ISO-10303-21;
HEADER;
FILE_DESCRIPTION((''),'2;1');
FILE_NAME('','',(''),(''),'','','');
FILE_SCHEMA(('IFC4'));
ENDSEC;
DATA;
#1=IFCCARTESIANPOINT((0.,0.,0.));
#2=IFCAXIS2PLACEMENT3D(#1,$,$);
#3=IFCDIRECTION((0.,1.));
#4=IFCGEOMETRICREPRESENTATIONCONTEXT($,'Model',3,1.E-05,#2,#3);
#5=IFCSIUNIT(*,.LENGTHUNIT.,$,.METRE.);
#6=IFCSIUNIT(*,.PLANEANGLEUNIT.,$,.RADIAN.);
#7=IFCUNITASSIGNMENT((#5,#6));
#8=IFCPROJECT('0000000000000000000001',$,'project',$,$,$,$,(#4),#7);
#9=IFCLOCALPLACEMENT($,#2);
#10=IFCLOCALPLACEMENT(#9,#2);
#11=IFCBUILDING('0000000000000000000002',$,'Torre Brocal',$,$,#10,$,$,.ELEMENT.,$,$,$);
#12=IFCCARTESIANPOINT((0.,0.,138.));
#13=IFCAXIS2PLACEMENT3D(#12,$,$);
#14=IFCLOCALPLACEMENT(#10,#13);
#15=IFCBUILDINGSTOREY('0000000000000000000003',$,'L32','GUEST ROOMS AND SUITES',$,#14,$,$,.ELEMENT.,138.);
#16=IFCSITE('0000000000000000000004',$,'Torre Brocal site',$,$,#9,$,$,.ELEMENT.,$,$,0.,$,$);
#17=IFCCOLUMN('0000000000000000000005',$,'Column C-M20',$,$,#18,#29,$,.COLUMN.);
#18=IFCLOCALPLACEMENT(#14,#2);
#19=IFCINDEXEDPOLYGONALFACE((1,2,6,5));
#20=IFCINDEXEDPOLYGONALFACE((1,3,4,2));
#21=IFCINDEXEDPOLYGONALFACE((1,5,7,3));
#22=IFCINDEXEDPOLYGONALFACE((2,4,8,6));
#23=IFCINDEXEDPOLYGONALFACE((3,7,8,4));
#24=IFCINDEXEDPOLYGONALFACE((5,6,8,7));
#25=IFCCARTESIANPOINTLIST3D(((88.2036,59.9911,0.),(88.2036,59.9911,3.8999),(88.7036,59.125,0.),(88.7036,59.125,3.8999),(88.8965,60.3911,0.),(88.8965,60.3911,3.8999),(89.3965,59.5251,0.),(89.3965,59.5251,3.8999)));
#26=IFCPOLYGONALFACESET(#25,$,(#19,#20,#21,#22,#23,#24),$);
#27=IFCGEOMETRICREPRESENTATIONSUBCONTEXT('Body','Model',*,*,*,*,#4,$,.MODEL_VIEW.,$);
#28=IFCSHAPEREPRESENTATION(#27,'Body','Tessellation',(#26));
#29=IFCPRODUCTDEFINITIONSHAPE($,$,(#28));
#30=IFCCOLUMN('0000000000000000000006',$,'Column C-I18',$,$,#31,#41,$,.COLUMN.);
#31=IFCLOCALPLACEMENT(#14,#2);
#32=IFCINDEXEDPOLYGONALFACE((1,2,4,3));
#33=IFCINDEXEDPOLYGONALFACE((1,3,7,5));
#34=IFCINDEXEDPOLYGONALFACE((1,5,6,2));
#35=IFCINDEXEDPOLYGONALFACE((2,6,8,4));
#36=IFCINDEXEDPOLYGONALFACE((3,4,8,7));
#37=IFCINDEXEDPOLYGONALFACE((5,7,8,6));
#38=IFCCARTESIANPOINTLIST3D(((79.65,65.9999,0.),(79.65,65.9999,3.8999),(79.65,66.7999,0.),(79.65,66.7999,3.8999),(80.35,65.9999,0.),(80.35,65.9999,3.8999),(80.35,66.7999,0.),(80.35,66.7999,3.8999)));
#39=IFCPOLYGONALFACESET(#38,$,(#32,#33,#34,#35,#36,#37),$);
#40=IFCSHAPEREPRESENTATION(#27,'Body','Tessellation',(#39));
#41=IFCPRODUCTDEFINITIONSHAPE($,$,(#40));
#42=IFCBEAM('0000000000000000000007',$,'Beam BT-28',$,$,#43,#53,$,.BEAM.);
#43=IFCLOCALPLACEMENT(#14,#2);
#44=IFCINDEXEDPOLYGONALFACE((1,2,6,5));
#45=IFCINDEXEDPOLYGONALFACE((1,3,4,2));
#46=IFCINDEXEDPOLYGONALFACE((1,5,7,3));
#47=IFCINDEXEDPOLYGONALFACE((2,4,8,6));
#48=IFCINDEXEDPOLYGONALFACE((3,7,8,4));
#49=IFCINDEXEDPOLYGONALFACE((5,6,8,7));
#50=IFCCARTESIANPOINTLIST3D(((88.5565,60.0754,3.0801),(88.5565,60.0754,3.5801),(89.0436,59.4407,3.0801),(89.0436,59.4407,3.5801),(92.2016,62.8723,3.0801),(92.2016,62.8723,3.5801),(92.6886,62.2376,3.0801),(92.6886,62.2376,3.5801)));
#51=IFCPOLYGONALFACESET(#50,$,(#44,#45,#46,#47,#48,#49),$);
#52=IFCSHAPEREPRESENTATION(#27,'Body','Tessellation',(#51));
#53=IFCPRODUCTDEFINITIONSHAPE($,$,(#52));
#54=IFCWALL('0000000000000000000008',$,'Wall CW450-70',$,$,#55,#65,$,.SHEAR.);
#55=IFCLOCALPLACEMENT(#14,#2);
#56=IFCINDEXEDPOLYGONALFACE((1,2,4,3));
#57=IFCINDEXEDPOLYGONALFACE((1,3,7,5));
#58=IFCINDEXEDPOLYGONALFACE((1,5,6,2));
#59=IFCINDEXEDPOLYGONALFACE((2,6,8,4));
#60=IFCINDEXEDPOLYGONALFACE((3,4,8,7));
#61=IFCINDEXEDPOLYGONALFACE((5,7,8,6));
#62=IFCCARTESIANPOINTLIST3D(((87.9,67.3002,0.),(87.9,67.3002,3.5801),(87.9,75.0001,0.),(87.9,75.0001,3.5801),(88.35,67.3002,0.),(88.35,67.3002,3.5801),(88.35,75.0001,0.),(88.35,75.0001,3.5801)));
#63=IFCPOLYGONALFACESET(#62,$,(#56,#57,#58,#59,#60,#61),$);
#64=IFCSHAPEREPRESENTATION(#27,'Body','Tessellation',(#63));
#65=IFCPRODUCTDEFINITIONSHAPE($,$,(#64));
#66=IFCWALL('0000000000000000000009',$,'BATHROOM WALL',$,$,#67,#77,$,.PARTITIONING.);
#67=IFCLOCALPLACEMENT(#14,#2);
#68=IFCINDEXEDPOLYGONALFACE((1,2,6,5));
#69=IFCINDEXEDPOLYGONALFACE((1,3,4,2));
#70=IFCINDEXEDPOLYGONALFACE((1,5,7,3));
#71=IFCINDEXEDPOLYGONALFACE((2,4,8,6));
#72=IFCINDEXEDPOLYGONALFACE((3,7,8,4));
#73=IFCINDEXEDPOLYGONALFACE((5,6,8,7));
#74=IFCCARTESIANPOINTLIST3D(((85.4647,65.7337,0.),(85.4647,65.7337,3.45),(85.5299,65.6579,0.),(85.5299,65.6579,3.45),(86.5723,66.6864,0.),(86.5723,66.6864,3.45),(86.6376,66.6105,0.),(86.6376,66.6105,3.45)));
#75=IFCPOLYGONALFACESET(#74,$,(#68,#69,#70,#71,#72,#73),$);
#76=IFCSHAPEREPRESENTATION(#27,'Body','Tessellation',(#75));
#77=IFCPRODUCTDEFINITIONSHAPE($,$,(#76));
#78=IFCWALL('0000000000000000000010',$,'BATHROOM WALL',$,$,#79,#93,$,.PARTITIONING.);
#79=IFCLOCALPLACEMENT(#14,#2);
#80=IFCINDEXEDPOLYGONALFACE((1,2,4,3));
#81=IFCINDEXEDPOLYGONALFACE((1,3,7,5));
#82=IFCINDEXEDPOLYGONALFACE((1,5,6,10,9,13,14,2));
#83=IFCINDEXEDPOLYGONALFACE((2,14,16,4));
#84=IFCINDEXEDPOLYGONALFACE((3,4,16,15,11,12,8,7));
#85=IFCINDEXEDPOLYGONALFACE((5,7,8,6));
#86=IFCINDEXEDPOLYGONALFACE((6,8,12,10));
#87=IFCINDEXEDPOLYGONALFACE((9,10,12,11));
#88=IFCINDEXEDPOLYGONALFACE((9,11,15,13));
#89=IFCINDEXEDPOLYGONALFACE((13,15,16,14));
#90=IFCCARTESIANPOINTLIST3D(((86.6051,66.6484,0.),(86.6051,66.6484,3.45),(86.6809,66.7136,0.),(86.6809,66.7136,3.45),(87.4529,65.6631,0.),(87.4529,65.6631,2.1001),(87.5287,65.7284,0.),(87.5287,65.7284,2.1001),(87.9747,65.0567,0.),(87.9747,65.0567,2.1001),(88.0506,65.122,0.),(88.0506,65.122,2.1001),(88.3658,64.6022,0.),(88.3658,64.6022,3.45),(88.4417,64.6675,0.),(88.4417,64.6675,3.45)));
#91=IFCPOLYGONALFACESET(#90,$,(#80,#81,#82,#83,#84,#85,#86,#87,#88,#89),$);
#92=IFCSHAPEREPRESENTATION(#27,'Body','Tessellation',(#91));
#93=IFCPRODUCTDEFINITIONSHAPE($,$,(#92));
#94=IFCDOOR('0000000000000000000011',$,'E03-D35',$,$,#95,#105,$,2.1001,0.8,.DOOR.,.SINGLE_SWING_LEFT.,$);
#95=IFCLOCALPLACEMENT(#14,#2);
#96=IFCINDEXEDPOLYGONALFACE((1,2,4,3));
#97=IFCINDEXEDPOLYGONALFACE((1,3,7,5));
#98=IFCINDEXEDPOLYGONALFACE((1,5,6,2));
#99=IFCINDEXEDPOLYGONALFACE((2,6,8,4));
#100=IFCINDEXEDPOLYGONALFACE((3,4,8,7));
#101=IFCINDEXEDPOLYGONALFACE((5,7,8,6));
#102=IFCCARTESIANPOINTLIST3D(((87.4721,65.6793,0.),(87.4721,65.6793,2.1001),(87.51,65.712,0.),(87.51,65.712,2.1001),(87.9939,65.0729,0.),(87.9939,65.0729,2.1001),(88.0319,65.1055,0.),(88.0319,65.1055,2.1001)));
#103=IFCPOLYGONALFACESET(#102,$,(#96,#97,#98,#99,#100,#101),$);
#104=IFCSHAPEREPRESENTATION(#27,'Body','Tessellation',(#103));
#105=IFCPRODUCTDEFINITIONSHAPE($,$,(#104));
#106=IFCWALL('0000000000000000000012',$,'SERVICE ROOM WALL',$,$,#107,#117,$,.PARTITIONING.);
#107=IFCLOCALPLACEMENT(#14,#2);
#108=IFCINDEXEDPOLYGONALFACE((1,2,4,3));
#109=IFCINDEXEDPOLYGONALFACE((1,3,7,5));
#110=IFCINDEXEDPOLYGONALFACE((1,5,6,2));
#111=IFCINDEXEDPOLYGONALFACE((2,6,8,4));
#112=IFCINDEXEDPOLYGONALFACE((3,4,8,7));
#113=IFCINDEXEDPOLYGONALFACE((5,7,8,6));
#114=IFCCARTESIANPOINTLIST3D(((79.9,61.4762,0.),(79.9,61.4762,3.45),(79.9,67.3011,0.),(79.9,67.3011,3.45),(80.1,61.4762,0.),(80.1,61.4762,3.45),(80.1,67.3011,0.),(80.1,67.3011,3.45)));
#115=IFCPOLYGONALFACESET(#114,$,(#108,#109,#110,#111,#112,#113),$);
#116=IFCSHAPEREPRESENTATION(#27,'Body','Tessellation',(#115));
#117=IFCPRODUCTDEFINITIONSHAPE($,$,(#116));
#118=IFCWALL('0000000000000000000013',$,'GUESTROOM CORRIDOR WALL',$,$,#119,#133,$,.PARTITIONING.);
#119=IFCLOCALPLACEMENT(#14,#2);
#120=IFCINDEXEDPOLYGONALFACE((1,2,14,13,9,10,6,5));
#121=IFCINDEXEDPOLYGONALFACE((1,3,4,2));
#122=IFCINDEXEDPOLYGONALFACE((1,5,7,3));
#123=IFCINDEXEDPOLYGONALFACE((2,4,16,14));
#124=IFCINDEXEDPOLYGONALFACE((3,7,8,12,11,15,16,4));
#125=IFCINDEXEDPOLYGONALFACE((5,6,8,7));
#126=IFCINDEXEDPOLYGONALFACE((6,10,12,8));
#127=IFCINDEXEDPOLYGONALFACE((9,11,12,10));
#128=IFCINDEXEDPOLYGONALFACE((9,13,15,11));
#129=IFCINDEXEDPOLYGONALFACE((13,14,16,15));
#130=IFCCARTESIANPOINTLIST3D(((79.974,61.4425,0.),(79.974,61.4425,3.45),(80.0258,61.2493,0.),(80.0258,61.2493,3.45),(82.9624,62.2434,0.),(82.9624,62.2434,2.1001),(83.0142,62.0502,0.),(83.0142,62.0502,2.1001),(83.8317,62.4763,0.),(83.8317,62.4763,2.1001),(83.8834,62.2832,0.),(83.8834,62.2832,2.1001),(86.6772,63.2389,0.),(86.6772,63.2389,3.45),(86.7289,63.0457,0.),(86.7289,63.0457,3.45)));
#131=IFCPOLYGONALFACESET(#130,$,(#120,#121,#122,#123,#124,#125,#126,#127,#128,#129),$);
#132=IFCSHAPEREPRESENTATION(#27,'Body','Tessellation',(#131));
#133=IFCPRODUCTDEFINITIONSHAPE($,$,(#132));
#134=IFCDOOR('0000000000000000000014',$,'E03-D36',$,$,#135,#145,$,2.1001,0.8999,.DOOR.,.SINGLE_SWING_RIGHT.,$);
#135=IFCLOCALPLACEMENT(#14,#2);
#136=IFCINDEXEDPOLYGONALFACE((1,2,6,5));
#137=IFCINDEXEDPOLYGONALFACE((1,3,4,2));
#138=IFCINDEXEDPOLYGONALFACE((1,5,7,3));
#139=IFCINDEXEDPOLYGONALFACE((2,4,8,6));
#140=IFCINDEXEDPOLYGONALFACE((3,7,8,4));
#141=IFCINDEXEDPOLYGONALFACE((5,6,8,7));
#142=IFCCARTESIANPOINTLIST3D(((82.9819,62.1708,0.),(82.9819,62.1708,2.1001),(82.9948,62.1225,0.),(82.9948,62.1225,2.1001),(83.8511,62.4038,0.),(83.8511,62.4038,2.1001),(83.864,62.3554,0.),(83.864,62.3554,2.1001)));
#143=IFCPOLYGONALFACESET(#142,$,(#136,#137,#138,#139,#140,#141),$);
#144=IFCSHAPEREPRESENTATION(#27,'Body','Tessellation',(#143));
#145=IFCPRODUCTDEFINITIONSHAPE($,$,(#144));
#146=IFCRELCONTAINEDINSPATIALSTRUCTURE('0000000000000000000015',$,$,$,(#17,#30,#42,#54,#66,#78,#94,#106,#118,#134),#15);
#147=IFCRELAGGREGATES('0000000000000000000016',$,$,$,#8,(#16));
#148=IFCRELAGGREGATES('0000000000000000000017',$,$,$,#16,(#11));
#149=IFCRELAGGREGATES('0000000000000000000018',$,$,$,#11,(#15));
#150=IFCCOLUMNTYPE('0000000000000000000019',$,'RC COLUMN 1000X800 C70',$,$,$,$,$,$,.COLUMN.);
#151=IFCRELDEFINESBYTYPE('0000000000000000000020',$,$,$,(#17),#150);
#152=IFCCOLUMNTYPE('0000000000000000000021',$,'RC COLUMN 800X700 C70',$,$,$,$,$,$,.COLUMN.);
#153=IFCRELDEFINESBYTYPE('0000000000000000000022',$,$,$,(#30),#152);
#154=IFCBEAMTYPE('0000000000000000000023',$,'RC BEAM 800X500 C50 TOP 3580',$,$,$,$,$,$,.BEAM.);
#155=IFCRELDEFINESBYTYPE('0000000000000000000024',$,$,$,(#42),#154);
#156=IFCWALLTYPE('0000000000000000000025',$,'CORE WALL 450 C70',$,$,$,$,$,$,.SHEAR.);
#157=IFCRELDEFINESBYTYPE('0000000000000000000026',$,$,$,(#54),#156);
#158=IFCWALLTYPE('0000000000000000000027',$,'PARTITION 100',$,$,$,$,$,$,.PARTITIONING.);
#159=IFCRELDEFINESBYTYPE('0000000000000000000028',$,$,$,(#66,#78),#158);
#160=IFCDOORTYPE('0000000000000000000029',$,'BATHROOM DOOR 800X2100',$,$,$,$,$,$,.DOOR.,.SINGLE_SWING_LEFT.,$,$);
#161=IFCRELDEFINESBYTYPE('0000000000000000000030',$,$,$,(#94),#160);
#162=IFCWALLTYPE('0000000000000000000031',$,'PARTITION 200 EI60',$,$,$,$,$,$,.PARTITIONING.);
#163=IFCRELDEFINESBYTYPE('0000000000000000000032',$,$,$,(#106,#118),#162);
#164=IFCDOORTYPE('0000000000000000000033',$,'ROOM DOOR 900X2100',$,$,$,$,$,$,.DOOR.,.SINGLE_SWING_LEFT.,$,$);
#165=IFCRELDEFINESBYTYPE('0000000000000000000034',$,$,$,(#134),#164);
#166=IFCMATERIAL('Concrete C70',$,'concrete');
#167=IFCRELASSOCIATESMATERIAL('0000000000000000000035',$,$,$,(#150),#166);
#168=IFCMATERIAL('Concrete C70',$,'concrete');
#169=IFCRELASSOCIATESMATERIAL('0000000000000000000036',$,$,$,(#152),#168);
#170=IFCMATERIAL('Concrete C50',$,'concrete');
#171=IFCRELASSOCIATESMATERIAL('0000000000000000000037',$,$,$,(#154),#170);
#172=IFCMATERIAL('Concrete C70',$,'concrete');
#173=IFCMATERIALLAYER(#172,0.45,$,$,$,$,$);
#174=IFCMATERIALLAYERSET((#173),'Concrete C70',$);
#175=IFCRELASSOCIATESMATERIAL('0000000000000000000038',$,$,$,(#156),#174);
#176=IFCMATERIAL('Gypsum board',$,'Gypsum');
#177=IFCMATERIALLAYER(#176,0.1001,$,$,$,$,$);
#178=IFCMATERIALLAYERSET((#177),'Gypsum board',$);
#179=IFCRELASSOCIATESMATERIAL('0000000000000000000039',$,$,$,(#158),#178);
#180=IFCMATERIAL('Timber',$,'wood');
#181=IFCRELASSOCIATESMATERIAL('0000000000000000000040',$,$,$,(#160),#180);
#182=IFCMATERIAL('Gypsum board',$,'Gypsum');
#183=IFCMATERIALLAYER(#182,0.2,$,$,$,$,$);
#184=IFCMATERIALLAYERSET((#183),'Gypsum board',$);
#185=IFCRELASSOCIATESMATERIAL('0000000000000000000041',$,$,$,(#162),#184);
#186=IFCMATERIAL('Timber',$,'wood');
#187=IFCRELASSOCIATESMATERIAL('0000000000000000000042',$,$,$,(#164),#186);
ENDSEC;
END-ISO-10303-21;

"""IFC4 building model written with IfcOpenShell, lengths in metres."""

from ifc_helpers import new_model, si_unit, direction, frame, frame_2d, origin, origin_2d, place, context, subcontext, project, spatial, rectangle, extrude, material, layer, layer_set, material_profile, profile_set, type_object, element, fill, save


model = new_model("IFC4")

# Units and contexts
model_context = context("Model", 3, precision=1e-05, world=origin(), true_north=direction((0.0, 1.0)))
body_context = subcontext(model_context, "Body", "Model", "MODEL_VIEW")
ifc_project = project(units=[si_unit("LENGTHUNIT", "METRE"), si_unit("PLANEANGLEUNIT", "RADIAN")], contexts=[model_context])

# Site, building, storey
site_placement = place(None, origin())
site = spatial("IfcSite", under=ifc_project, at=site_placement, Name="Torre Brocal site", CompositionType="ELEMENT", RefElevation=0.0)
building_placement = place(site_placement, origin())
building = spatial("IfcBuilding", under=site, at=building_placement, Name="Torre Brocal", CompositionType="ELEMENT")
storey_placement = place(building_placement, frame((0.0, 0.0, 138.0)))
storey = spatial("IfcBuildingStorey", under=building, at=storey_placement, Name="L32", Description="GUEST ROOMS AND SUITES", CompositionType="ELEMENT", Elevation=138.0)

# Columns
ifc_material_1 = material(Name="Concrete C70", Category="concrete")
ifc_material_profile_1 = material_profile(ifc_material_1, rectangle(XDim=1.0, YDim=0.8, at=origin_2d()), Name="RC 1000X800")
ifc_profile_set_1 = profile_set([ifc_material_profile_1], Name="Concrete C70")
column_type_1 = type_object("IfcColumnType", Name="RC COLUMN 1000X800 C70", PredefinedType="COLUMN", material=ifc_profile_set_1)
column_1_placement = place(storey_placement, frame((88.8, 59.7581, 0.0), z_axis=(0.0, 0.0, 1.0), x_axis=(0.5, -0.866025, 0.0)))
element("IfcColumn", 1, at=column_1_placement, inside=storey, type_object=column_type_1, Name="Column C-M20", PredefinedType="COLUMN", context=body_context, shape_type="SweptSolid", body=[
    extrude(rectangle(XDim=1.0, YDim=0.8, at=origin_2d()), origin(), (0.0, 0.0, 1.0), 3.8999),
])
ifc_material_2 = material(Name="Concrete C70", Category="concrete")
ifc_material_profile_2 = material_profile(ifc_material_2, rectangle(XDim=0.8, YDim=0.7, at=origin_2d()), Name="RC 800X700")
ifc_profile_set_2 = profile_set([ifc_material_profile_2], Name="Concrete C70")
column_type_2 = type_object("IfcColumnType", Name="RC COLUMN 800X700 C70", PredefinedType="COLUMN", material=ifc_profile_set_2)
column_2_placement = place(storey_placement, frame((80.0, 66.3999, 0.0), z_axis=(0.0, 0.0, 1.0), x_axis=(0.0, -1.0, 0.0)))
element("IfcColumn", 2, at=column_2_placement, inside=storey, type_object=column_type_2, Name="Column C-I18", PredefinedType="COLUMN", context=body_context, shape_type="SweptSolid", body=[
    extrude(rectangle(XDim=0.8, YDim=0.7, at=origin_2d()), origin(), (0.0, 0.0, 1.0), 3.8999),
])

# Beam
ifc_material_3 = material(Name="Concrete C50", Category="concrete")
ifc_material_profile_3 = material_profile(ifc_material_3, rectangle(XDim=0.8, YDim=0.5, at=origin_2d()), Name="RC 800X500")
ifc_profile_set_3 = profile_set([ifc_material_profile_3], Name="Concrete C50")
beam_type = type_object("IfcBeamType", Name="RC BEAM 800X500 C50 TOP 3580", PredefinedType="BEAM", material=ifc_profile_set_3)
beam_placement = place(storey_placement, frame((88.8, 59.7581, 3.3301), z_axis=(0.793358, 0.608755, 0.0), x_axis=(-0.608755, 0.793358, 0.0)))
element("IfcBeam", 3, at=beam_placement, inside=storey, type_object=beam_type, Name="Beam BT-28", PredefinedType="BEAM", context=body_context, shape_type="SweptSolid", body=[
    extrude(rectangle(XDim=0.8, YDim=0.5, at=origin_2d()), origin(), (0.0, 0.0, 1.0), 4.5945),
])

# Wall
ifc_material_4 = material(Name="Concrete C70", Category="concrete")
ifc_layer_1 = layer(ifc_material_4, 0.45)
ifc_layer_set_1 = layer_set([ifc_layer_1], Name="Concrete C70")
wall_type_1 = type_object("IfcWallType", Name="CORE WALL 450 C70", PredefinedType="SHEAR", material=ifc_layer_set_1)
wall_1_placement = place(storey_placement, frame((88.125, 67.3, 0.0), z_axis=(0.0, 0.0, 1.0), x_axis=(0.0, 1.0, 0.0)))
element("IfcWall", 4, at=wall_1_placement, inside=storey, type_object=wall_type_1, Name="Wall CW450-70", PredefinedType="SHEAR", context=body_context, shape_type="SweptSolid", body=[
    extrude(rectangle(XDim=7.7, YDim=0.45, at=frame_2d((3.8501, 0.0))), origin(), (0.0, 0.0, 1.0), 3.5801),
])

# Wall
ifc_material_5 = material(Name="Gypsum board", Category="Gypsum")
ifc_layer_2 = layer(ifc_material_5, 0.1001)
ifc_layer_set_2 = layer_set([ifc_layer_2], Name="Gypsum board")
wall_type_2 = type_object("IfcWallType", Name="PARTITION 100", PredefinedType="PARTITIONING", material=ifc_layer_set_2)
wall_2_placement = place(storey_placement, frame((85.4973, 65.6958, 0.0), z_axis=(0.0, 0.0, 1.0), x_axis=(0.75817, 0.652057, 0.0)))
element("IfcWall", 5, at=wall_2_placement, inside=storey, type_object=wall_type_2, Name="BATHROOM WALL", PredefinedType="PARTITIONING", context=body_context, shape_type="SweptSolid", body=[
    extrude(rectangle(XDim=1.4609, YDim=0.1001, at=frame_2d((0.7305, 0.0))), origin(), (0.0, 0.0, 1.0), 3.45),
])

# Wall, opening, door
wall_3_placement = place(storey_placement, frame((86.6431, 66.6809, 0.0), z_axis=(0.0, 0.0, 1.0), x_axis=(0.652265, -0.757991, 0.0)))
wall_3 = element("IfcWall", 6, at=wall_3_placement, inside=storey, type_object=wall_type_2, Name="BATHROOM WALL", PredefinedType="PARTITIONING", context=body_context, shape_type="SweptSolid", body=[
    extrude(rectangle(XDim=2.6995, YDim=0.1001, at=frame_2d((1.3496, 0.0))), origin(), (0.0, 0.0, 1.0), 3.45),
])
opening_1_placement = place(wall_3_placement, frame((1.2998, 0.0, 0.0)))
opening_1 = element("IfcOpeningElement", 7, at=opening_1_placement, cuts=wall_3, PredefinedType="OPENING", context=body_context, shape_type="SweptSolid", body=[
    extrude(rectangle(XDim=0.8, YDim=2.1001, at=frame_2d((0.3999, 1.05))), frame((0.0, 0.0601, 0.0), z_axis=(0.0, -1.0, 0.0), x_axis=(1.0, 0.0, 0.0)), (0.0, 0.0, 1.0), 0.1201),
])
ifc_material_6 = material(Name="Timber", Category="wood")
door_type_1 = type_object("IfcDoorType", Name="BATHROOM DOOR 800X2100", OperationType="SINGLE_SWING_LEFT", PredefinedType="DOOR", material=ifc_material_6)
door_1_placement = place(opening_1_placement, frame((0.8, 0.0, 0.0), z_axis=(0.0, 0.0, 1.0), x_axis=(-1.0, 0.0, 0.0)))
door_1 = element("IfcDoor", 8, at=door_1_placement, inside=storey, type_object=door_type_1, Name="E03-D35", OperationType="SINGLE_SWING_LEFT", OverallHeight=2.1001, OverallWidth=0.8, PredefinedType="DOOR", context=body_context, shape_type="SweptSolid", body=[
    extrude(rectangle(XDim=0.8, YDim=2.1001, at=frame_2d((0.3999, 1.05))), frame((0.0, 0.0249, 0.0), z_axis=(0.0, -1.0, 0.0), x_axis=(1.0, 0.0, 0.0)), (0.0, 0.0, 1.0), 0.05),
])
fill(opening_1, door_1)

# Wall
ifc_material_7 = material(Name="Gypsum board", Category="Gypsum")
ifc_layer_3 = layer(ifc_material_7, 0.2)
ifc_layer_set_3 = layer_set([ifc_layer_3], Name="Gypsum board")
wall_type_3 = type_object("IfcWallType", Name="PARTITION 200 EI60", PredefinedType="PARTITIONING", material=ifc_layer_set_3)
wall_4_placement = place(storey_placement, frame((80.0, 61.4761, 0.0), z_axis=(0.0, 0.0, 1.0), x_axis=(0.0, 1.0, 0.0)))
element("IfcWall", 9, at=wall_4_placement, inside=storey, type_object=wall_type_3, Name="SERVICE ROOM WALL", PredefinedType="PARTITIONING", context=body_context, shape_type="SweptSolid", body=[
    extrude(rectangle(XDim=5.825, YDim=0.2, at=frame_2d((2.9126, 0.0))), origin(), (0.0, 0.0, 1.0), 3.45),
])

# Wall, opening, door
wall_5_placement = place(storey_placement, frame((80.0, 61.3459, 0.0), z_axis=(0.0, 0.0, 1.0), x_axis=(0.965915, 0.258858, 0.0)))
wall_5 = element("IfcWall", 10, at=wall_5_placement, inside=storey, type_object=wall_type_3, Name="GUESTROOM CORRIDOR WALL", PredefinedType="PARTITIONING", context=body_context, shape_type="SweptSolid", body=[
    extrude(rectangle(XDim=6.9397, YDim=0.2, at=frame_2d((3.4697, 0.0))), origin(), (0.0, 0.0, 1.0), 3.45),
])
opening_2_placement = place(wall_5_placement, frame((3.0938, 0.0, 0.0)))
opening_2 = element("IfcOpeningElement", 11, at=opening_2_placement, cuts=wall_5, PredefinedType="OPENING", context=body_context, shape_type="SweptSolid", body=[
    extrude(rectangle(XDim=0.8999, YDim=2.1001, at=frame_2d((0.45, 1.05))), frame((0.0, 0.1099, 0.0), z_axis=(0.0, -1.0, 0.0), x_axis=(1.0, 0.0, 0.0)), (0.0, 0.0, 1.0), 0.22),
])
ifc_material_8 = material(Name="Timber", Category="wood")
door_type_2 = type_object("IfcDoorType", Name="ROOM DOOR 900X2100", OperationType="SINGLE_SWING_LEFT", PredefinedType="DOOR", material=ifc_material_8)
door_2_placement = place(opening_2_placement, origin())
door_2 = element("IfcDoor", 12, at=door_2_placement, inside=storey, type_object=door_type_2, Name="E03-D36", OperationType="SINGLE_SWING_RIGHT", OverallHeight=2.1001, OverallWidth=0.8999, PredefinedType="DOOR", context=body_context, shape_type="SweptSolid", body=[
    extrude(rectangle(XDim=0.8999, YDim=2.1001, at=frame_2d((0.45, 1.05))), frame((0.0, 0.0249, 0.0), z_axis=(0.0, -1.0, 0.0), x_axis=(1.0, 0.0, 0.0)), (0.0, 0.0, 1.0), 0.05),
])
fill(opening_2, door_2)

save(model, "model.ifc")
